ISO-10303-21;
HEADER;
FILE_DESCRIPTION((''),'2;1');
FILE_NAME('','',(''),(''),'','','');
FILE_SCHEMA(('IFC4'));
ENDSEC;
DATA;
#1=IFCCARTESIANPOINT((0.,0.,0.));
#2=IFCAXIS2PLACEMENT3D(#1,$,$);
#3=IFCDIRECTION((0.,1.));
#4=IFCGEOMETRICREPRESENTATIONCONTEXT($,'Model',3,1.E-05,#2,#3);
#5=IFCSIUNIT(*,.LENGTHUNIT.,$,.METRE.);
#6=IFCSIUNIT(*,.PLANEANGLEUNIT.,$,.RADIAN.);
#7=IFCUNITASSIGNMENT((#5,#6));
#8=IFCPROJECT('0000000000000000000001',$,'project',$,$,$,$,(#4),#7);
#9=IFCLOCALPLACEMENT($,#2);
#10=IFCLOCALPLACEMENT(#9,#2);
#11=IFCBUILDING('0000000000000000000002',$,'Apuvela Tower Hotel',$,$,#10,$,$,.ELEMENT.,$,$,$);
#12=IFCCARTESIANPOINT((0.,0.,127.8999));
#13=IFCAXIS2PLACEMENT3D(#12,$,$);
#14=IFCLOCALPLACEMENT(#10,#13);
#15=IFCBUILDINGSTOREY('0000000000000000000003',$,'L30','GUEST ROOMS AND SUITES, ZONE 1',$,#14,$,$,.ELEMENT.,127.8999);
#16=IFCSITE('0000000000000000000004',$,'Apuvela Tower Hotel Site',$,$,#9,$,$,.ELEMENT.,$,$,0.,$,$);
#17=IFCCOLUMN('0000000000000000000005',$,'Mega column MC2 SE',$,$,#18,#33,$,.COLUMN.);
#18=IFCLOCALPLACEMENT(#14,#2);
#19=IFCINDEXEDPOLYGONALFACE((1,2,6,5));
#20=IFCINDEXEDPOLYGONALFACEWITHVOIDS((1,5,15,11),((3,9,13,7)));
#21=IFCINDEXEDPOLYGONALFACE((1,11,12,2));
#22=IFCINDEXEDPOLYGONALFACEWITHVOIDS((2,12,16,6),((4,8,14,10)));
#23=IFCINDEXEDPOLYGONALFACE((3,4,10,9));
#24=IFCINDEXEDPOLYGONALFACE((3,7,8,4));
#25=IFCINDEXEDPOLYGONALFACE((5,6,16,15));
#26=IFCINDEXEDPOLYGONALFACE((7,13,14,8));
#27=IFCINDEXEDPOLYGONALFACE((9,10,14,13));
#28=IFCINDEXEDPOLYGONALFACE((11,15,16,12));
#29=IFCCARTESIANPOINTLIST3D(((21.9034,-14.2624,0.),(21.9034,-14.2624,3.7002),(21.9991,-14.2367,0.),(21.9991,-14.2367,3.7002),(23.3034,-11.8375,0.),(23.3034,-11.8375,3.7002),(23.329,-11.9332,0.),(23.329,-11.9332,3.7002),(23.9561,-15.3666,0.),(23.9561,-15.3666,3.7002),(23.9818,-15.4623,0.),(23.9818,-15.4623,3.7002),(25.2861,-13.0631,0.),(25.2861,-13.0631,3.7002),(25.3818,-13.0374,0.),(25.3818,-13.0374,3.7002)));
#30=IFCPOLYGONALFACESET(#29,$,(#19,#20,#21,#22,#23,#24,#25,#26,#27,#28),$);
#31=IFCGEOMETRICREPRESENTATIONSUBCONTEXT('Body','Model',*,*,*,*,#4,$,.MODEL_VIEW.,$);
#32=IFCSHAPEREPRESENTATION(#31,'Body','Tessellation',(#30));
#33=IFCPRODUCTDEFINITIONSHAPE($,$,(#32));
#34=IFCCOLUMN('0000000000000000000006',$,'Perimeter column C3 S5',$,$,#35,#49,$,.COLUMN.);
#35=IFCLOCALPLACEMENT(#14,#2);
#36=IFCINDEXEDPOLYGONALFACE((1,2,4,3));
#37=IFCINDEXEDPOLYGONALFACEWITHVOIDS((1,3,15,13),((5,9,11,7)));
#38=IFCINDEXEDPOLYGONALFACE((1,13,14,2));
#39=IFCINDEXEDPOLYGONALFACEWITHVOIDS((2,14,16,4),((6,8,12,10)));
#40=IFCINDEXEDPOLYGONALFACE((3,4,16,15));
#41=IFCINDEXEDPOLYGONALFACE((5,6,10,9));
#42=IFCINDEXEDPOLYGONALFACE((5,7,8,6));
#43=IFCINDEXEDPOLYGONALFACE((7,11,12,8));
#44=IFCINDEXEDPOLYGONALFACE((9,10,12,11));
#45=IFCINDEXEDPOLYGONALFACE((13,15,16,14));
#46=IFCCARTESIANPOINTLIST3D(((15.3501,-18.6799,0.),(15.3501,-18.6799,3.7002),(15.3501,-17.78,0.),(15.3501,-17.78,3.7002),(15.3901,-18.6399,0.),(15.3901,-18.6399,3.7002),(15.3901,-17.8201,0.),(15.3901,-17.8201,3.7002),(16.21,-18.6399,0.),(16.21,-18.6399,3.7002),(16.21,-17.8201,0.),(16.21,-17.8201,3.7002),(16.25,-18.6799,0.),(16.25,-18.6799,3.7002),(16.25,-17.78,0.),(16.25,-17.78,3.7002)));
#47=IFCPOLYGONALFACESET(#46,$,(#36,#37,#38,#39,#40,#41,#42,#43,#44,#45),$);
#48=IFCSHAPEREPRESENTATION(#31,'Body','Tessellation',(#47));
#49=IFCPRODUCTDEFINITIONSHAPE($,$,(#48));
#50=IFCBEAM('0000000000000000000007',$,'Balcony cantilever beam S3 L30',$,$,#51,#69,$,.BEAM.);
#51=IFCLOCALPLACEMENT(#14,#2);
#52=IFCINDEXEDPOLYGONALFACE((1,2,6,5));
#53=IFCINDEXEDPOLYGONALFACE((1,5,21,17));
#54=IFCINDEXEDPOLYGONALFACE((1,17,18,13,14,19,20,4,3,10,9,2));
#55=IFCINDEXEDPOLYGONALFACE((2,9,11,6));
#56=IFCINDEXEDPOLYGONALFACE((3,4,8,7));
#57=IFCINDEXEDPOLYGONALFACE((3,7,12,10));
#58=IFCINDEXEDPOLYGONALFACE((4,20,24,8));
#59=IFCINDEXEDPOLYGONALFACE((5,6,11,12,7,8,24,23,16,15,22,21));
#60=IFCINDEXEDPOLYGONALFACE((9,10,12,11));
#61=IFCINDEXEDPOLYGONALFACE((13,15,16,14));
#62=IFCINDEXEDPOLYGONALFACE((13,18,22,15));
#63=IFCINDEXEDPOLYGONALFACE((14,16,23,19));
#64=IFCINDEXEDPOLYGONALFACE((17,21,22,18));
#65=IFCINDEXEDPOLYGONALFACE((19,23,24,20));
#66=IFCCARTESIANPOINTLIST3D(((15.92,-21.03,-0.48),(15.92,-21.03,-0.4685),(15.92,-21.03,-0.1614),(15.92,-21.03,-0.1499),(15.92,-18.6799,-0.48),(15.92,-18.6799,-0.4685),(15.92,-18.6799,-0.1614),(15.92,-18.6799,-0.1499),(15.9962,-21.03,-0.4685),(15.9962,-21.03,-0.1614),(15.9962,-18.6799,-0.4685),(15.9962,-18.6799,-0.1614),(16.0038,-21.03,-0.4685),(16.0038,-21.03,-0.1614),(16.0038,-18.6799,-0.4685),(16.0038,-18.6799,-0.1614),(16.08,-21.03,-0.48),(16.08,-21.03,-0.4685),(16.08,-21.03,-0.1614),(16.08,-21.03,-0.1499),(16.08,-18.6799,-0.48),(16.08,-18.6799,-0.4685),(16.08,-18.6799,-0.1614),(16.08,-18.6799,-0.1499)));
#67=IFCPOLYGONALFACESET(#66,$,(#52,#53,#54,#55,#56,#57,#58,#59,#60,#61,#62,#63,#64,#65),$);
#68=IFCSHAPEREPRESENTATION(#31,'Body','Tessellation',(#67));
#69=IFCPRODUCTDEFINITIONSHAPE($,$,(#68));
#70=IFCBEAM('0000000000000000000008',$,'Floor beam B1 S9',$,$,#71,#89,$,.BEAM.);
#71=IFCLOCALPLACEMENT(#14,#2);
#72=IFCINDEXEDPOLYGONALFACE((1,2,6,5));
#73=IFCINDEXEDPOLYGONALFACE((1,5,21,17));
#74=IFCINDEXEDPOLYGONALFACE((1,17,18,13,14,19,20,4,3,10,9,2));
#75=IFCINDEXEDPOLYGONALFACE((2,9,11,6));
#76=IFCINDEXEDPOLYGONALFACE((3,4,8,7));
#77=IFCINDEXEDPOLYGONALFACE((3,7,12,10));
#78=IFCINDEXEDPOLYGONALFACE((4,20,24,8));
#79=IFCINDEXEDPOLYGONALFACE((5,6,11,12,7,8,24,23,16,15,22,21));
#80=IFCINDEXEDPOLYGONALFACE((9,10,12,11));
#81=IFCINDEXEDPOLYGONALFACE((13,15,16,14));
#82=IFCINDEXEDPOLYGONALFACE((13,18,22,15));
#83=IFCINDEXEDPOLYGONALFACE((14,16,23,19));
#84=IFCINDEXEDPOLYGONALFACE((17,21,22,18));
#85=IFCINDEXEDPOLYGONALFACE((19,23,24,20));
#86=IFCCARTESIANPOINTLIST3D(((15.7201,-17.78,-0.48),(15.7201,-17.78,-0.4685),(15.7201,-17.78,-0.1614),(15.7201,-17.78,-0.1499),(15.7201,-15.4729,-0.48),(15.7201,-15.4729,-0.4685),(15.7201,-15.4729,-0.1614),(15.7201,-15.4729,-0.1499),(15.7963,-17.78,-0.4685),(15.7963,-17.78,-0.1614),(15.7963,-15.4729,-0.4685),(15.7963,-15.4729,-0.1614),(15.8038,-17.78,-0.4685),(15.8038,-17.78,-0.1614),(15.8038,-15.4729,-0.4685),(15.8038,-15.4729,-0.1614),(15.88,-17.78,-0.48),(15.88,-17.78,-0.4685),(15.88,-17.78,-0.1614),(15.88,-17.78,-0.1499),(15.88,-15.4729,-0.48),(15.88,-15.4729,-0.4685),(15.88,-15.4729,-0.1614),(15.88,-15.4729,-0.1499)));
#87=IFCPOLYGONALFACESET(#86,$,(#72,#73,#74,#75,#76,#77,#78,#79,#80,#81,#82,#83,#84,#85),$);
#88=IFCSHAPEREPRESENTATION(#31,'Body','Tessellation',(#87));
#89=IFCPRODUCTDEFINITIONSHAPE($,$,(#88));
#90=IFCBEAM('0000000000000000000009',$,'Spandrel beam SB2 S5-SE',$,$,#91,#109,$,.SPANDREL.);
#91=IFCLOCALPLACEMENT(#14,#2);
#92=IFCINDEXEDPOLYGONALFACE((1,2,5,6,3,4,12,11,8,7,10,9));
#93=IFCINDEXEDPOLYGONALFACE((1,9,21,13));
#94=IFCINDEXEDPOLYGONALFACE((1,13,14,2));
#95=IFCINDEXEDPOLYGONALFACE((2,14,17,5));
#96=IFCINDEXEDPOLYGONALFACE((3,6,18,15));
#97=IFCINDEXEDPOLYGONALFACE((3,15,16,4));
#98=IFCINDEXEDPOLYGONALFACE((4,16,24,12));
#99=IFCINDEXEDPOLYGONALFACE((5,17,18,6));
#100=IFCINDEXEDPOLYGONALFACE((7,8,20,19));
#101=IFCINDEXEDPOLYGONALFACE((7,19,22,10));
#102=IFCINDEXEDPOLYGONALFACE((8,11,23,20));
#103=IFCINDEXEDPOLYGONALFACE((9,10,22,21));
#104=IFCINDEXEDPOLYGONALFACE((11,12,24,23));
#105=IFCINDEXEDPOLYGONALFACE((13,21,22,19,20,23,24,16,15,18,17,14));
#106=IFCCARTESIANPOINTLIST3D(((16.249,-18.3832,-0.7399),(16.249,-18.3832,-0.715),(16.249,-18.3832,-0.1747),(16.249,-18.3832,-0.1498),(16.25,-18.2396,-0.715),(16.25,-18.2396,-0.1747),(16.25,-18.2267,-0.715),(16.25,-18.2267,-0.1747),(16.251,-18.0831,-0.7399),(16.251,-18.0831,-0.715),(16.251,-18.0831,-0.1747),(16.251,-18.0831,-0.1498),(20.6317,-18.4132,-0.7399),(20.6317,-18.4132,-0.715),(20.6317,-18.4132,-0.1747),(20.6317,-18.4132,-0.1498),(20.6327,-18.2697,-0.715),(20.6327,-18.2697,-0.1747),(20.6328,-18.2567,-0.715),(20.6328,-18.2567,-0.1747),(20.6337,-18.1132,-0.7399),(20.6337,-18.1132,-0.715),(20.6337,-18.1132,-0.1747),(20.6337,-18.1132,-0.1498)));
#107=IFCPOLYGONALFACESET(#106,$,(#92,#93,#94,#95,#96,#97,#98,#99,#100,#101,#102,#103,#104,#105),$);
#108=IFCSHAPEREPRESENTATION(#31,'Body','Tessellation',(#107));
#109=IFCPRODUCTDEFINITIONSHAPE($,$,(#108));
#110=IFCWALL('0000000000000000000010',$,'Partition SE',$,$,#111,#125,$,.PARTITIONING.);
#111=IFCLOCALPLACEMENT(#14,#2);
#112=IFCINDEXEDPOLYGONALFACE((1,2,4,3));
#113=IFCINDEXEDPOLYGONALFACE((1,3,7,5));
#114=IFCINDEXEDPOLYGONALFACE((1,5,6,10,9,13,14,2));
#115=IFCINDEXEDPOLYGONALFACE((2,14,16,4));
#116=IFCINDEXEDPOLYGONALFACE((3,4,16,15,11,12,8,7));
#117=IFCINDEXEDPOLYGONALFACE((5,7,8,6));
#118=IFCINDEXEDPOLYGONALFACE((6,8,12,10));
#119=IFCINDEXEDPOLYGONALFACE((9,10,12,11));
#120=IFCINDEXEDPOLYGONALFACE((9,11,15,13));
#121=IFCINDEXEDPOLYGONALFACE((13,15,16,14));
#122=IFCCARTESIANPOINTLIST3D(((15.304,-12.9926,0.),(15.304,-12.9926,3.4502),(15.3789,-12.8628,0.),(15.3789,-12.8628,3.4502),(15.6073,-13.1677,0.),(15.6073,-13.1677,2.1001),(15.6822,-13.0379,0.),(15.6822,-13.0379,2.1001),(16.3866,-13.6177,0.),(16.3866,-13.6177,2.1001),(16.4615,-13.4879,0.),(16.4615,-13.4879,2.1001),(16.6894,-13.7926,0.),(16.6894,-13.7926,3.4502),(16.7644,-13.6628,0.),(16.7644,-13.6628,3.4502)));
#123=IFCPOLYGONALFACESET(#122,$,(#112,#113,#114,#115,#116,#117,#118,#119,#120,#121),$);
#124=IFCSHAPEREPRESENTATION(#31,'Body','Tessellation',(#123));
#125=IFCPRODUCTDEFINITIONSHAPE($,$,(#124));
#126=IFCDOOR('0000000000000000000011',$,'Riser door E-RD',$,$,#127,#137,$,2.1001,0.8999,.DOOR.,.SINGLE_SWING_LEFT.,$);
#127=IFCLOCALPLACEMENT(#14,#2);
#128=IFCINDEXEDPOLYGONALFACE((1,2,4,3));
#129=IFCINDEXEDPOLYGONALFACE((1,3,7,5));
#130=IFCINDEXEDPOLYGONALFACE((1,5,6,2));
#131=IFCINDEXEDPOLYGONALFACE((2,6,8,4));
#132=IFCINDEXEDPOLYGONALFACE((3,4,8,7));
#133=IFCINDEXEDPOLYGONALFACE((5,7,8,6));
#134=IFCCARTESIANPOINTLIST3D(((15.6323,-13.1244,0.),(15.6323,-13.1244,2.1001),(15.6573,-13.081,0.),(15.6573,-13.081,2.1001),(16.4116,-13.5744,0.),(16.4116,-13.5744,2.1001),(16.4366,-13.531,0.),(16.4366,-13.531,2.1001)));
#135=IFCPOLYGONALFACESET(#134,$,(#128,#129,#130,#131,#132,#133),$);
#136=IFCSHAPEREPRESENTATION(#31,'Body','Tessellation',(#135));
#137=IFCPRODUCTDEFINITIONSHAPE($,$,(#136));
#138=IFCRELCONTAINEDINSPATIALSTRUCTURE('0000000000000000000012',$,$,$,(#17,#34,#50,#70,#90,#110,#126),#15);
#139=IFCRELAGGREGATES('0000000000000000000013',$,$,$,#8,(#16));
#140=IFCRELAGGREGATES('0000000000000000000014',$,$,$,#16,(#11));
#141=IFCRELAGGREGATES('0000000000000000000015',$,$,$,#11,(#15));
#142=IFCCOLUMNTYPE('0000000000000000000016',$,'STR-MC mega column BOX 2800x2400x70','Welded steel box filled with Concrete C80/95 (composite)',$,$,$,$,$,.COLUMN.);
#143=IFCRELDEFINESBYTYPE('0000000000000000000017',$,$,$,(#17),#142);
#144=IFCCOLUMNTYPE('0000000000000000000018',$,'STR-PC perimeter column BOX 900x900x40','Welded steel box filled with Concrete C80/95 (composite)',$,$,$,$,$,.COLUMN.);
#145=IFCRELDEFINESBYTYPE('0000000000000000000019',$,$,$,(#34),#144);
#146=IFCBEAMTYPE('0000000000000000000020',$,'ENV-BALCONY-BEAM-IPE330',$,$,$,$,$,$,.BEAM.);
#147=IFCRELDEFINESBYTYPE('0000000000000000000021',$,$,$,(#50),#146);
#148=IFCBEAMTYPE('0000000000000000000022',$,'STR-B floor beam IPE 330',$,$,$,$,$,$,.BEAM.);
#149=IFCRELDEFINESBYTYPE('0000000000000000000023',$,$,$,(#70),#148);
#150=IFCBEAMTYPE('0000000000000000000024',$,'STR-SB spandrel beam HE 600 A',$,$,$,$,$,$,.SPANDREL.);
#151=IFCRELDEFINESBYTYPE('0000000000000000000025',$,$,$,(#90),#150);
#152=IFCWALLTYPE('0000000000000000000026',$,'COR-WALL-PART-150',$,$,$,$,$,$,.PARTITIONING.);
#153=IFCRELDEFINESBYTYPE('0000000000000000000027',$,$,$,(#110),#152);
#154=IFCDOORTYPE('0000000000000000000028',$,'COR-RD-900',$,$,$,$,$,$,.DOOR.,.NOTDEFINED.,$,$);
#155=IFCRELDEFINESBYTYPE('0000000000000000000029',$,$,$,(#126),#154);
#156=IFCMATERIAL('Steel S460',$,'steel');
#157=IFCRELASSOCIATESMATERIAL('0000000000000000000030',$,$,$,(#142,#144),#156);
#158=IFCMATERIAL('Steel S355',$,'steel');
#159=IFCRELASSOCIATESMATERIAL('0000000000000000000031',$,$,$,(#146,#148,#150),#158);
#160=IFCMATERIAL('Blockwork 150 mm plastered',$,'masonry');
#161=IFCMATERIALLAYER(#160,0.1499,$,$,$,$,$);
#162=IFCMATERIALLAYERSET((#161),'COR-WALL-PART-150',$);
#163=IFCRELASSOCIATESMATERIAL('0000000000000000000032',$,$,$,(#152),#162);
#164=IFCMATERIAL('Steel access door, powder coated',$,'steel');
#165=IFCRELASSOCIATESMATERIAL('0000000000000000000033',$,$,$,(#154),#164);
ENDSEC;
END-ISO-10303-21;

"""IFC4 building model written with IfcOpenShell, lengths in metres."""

from ifc_helpers import new_model, si_unit, direction, frame, frame_2d, origin, origin_2d, place, context, subcontext, project, spatial, rectangle, hollow_rectangle, i_section, extrude, material, layer, layer_set, material_profile, profile_set, type_object, element, fill, save


model = new_model("IFC4")

# Units and contexts
model_context = context("Model", 3, precision=1e-05, world=origin(), true_north=direction((0.0, 1.0)))
body_context = subcontext(model_context, "Body", "Model", "MODEL_VIEW")
ifc_project = project(units=[si_unit("LENGTHUNIT", "METRE"), si_unit("PLANEANGLEUNIT", "RADIAN")], contexts=[model_context])

# Site, building, storey
site_placement = place(None, origin())
site = spatial("IfcSite", under=ifc_project, at=site_placement, Name="Apuvela Tower Hotel Site", CompositionType="ELEMENT", RefElevation=0.0)
building_placement = place(site_placement, origin())
building = spatial("IfcBuilding", under=site, at=building_placement, Name="Apuvela Tower Hotel", CompositionType="ELEMENT")
storey_placement = place(building_placement, frame((0.0, 0.0, 127.8999)))
storey = spatial("IfcBuildingStorey", under=building, at=storey_placement, Name="L30", Description="GUEST ROOMS AND SUITES, ZONE 1", CompositionType="ELEMENT", Elevation=127.8999)

# Columns
ifc_material_1 = material(Name="Steel S460", Category="steel")
ifc_material_profile_1 = material_profile(ifc_material_1, hollow_rectangle(XDim=2.8, YDim=2.3999, WallThickness=0.0701, at=origin_2d()), Name="BOX 2800x2400x70")
ifc_material_2 = material(Name="Concrete C80/95", Category="concrete")
ifc_material_profile_2 = material_profile(ifc_material_2, rectangle(XDim=2.6599, YDim=2.26, at=origin_2d()), Name="Concrete C80/95 infill")
ifc_profile_set_1 = profile_set([ifc_material_profile_1, ifc_material_profile_2], Name="Steel S460")
column_type_1 = type_object("IfcColumnType", Name="STR-MC mega column BOX 2800x2400x70", Description="Welded steel box filled with Concrete C80/95 (composite)", PredefinedType="COLUMN", material=ifc_profile_set_1)
column_1_placement = place(storey_placement, frame((23.6426, -13.6499, 0.0), z_axis=(0.0, 0.0, 1.0), x_axis=(0.5, 0.866025, 0.0)))
element("IfcColumn", 1, at=column_1_placement, inside=storey, type_object=column_type_1, Name="Mega column MC2 SE", PredefinedType="COLUMN", context=body_context, shape_type="SweptSolid", body=[
    extrude(hollow_rectangle(XDim=2.8, YDim=2.3999, WallThickness=0.0701, at=origin_2d()), origin(), (0.0, 0.0, 1.0), 3.7002),
])
ifc_material_profile_3 = material_profile(ifc_material_1, hollow_rectangle(XDim=0.8999, YDim=0.8999, WallThickness=0.04, at=origin_2d()), Name="BOX 900x900x40")
ifc_material_profile_4 = material_profile(ifc_material_2, rectangle(XDim=0.8201, YDim=0.8201, at=origin_2d()), Name="Concrete C80/95 infill")
ifc_profile_set_2 = profile_set([ifc_material_profile_3, ifc_material_profile_4], Name="Steel S460")
column_type_2 = type_object("IfcColumnType", Name="STR-PC perimeter column BOX 900x900x40", Description="Welded steel box filled with Concrete C80/95 (composite)", PredefinedType="COLUMN", material=ifc_profile_set_2)
column_2_placement = place(storey_placement, frame((15.8, -18.23, 0.0), z_axis=(0.0, 0.0, 1.0), x_axis=(-1.0, 0.0, 0.0)))
element("IfcColumn", 2, at=column_2_placement, inside=storey, type_object=column_type_2, Name="Perimeter column C3 S5", PredefinedType="COLUMN", context=body_context, shape_type="SweptSolid", body=[
    extrude(hollow_rectangle(XDim=0.8999, YDim=0.8999, WallThickness=0.04, at=origin_2d()), origin(), (0.0, 0.0, 1.0), 3.7002),
])

# Beams
ifc_material_3 = material(Name="Steel S355", Category="steel")
ifc_material_profile_5 = material_profile(ifc_material_3, i_section(OverallWidth=0.1599, OverallDepth=0.3301, WebThickness=0.0076, FlangeThickness=0.0115, at=origin_2d()), Name="IPE 330")
ifc_profile_set_3 = profile_set([ifc_material_profile_5], Name="Steel S355")
beam_type_1 = type_object("IfcBeamType", Name="ENV-BALCONY-BEAM-IPE330", PredefinedType="BEAM", material=ifc_profile_set_3)
beam_1_placement = place(storey_placement, frame((16.0, -18.6799, -0.3149), z_axis=(0.0, -1.0, 0.0), x_axis=(1.0, 0.0, 0.0)))
element("IfcBeam", 3, at=beam_1_placement, inside=storey, type_object=beam_type_1, Name="Balcony cantilever beam S3 L30", PredefinedType="BEAM", context=body_context, shape_type="SweptSolid", body=[
    extrude(i_section(OverallWidth=0.1599, OverallDepth=0.3301, WebThickness=0.0076, FlangeThickness=0.0115, at=origin_2d()), origin(), (0.0, 0.0, 1.0), 2.3501),
])
ifc_material_profile_6 = material_profile(ifc_material_3, i_section(OverallWidth=0.1599, OverallDepth=0.3301, WebThickness=0.0076, FlangeThickness=0.0115, at=origin_2d()), Name="IPE 330")
ifc_profile_set_4 = profile_set([ifc_material_profile_6], Name="Steel S355")
beam_type_2 = type_object("IfcBeamType", Name="STR-B floor beam IPE 330", PredefinedType="BEAM", material=ifc_profile_set_4)
beam_2_placement = place(storey_placement, frame((15.8, -17.78, -0.3149), z_axis=(0.0, 1.0, 0.0), x_axis=(-1.0, 0.0, 0.0)))
element("IfcBeam", 4, at=beam_2_placement, inside=storey, type_object=beam_type_2, Name="Floor beam B1 S9", PredefinedType="BEAM", context=body_context, shape_type="SweptSolid", body=[
    extrude(i_section(OverallWidth=0.1599, OverallDepth=0.3301, WebThickness=0.0076, FlangeThickness=0.0115, at=origin_2d()), origin(), (0.0, 0.0, 1.0), 2.3071),
])
ifc_material_profile_7 = material_profile(ifc_material_3, i_section(OverallWidth=0.3, OverallDepth=0.5901, WebThickness=0.0129, FlangeThickness=0.0249, at=origin_2d()), Name="HE 600 A")
ifc_profile_set_5 = profile_set([ifc_material_profile_7], Name="Steel S355")
beam_type_3 = type_object("IfcBeamType", Name="STR-SB spandrel beam HE 600 A", PredefinedType="SPANDREL", material=ifc_profile_set_5)
beam_3_placement = place(storey_placement, frame((16.25, -18.2332, -0.4448), z_axis=(0.999977, -0.006851, 0.0), x_axis=(0.006851, 0.999977, 0.0)))
element("IfcBeam", 5, at=beam_3_placement, inside=storey, type_object=beam_type_3, Name="Spandrel beam SB2 S5-SE", PredefinedType="SPANDREL", context=body_context, shape_type="SweptSolid", body=[
    extrude(i_section(OverallWidth=0.3, OverallDepth=0.5901, WebThickness=0.0129, FlangeThickness=0.0249, at=origin_2d()), origin(), (0.0, 0.0, 1.0), 4.3828),
])

# Wall, opening, door
ifc_material_4 = material(Name="Blockwork 150 mm plastered", Category="masonry")
ifc_layer_1 = layer(ifc_material_4, 0.1499)
ifc_layer_set_1 = layer_set([ifc_layer_1], Name="COR-WALL-PART-150")
wall_type_1 = type_object("IfcWallType", Name="COR-WALL-PART-150", PredefinedType="PARTITIONING", material=ifc_layer_set_1)
wall_1_placement = place(storey_placement, frame((15.3416, -12.9277, 0.0), z_axis=(0.0, 0.0, 1.0), x_axis=(0.86599, -0.500061, 0.0)))
wall_1 = element("IfcWall", 6, at=wall_1_placement, inside=storey, type_object=wall_type_1, Name="Partition SE", PredefinedType="PARTITIONING", context=body_context, shape_type="SweptSolid", body=[
    extrude(rectangle(XDim=1.5999, YDim=0.1499, at=frame_2d((0.7998, 0.0))), origin(), (0.0, 0.0, 1.0), 3.4502),
])
opening_1_placement = place(wall_1_placement, frame((0.3501, 0.0, 0.0)))
opening_1 = element("IfcOpeningElement", 7, at=opening_1_placement, cuts=wall_1, PredefinedType="OPENING", context=body_context, shape_type="SweptSolid", body=[
    extrude(rectangle(XDim=0.8999, YDim=2.1001, at=frame_2d((0.45, 1.05))), frame((0.0, 0.085, 0.0), z_axis=(0.0, -1.0, 0.0), x_axis=(1.0, 0.0, 0.0)), (0.0, 0.0, 1.0), 0.1699),
])
ifc_material_5 = material(Name="Steel access door, powder coated", Category="steel")
door_type_1 = type_object("IfcDoorType", Name="COR-RD-900", OperationType="NOTDEFINED", PredefinedType="DOOR", material=ifc_material_5)
door_1_placement = place(opening_1_placement, frame((0.8999, 0.0, 0.0), z_axis=(0.0, 0.0, 1.0), x_axis=(-1.0, 0.0, 0.0)))
door_1 = element("IfcDoor", 8, at=door_1_placement, inside=storey, type_object=door_type_1, Name="Riser door E-RD", OperationType="SINGLE_SWING_LEFT", OverallHeight=2.1001, OverallWidth=0.8999, PredefinedType="DOOR", context=body_context, shape_type="SweptSolid", body=[
    extrude(rectangle(XDim=0.8999, YDim=2.1001, at=frame_2d((0.45, 1.05))), frame((0.0, 0.0249, 0.0), z_axis=(0.0, -1.0, 0.0), x_axis=(1.0, 0.0, 0.0)), (0.0, 0.0, 1.0), 0.05),
])
fill(opening_1, door_1)

save(model, "model.ifc")
